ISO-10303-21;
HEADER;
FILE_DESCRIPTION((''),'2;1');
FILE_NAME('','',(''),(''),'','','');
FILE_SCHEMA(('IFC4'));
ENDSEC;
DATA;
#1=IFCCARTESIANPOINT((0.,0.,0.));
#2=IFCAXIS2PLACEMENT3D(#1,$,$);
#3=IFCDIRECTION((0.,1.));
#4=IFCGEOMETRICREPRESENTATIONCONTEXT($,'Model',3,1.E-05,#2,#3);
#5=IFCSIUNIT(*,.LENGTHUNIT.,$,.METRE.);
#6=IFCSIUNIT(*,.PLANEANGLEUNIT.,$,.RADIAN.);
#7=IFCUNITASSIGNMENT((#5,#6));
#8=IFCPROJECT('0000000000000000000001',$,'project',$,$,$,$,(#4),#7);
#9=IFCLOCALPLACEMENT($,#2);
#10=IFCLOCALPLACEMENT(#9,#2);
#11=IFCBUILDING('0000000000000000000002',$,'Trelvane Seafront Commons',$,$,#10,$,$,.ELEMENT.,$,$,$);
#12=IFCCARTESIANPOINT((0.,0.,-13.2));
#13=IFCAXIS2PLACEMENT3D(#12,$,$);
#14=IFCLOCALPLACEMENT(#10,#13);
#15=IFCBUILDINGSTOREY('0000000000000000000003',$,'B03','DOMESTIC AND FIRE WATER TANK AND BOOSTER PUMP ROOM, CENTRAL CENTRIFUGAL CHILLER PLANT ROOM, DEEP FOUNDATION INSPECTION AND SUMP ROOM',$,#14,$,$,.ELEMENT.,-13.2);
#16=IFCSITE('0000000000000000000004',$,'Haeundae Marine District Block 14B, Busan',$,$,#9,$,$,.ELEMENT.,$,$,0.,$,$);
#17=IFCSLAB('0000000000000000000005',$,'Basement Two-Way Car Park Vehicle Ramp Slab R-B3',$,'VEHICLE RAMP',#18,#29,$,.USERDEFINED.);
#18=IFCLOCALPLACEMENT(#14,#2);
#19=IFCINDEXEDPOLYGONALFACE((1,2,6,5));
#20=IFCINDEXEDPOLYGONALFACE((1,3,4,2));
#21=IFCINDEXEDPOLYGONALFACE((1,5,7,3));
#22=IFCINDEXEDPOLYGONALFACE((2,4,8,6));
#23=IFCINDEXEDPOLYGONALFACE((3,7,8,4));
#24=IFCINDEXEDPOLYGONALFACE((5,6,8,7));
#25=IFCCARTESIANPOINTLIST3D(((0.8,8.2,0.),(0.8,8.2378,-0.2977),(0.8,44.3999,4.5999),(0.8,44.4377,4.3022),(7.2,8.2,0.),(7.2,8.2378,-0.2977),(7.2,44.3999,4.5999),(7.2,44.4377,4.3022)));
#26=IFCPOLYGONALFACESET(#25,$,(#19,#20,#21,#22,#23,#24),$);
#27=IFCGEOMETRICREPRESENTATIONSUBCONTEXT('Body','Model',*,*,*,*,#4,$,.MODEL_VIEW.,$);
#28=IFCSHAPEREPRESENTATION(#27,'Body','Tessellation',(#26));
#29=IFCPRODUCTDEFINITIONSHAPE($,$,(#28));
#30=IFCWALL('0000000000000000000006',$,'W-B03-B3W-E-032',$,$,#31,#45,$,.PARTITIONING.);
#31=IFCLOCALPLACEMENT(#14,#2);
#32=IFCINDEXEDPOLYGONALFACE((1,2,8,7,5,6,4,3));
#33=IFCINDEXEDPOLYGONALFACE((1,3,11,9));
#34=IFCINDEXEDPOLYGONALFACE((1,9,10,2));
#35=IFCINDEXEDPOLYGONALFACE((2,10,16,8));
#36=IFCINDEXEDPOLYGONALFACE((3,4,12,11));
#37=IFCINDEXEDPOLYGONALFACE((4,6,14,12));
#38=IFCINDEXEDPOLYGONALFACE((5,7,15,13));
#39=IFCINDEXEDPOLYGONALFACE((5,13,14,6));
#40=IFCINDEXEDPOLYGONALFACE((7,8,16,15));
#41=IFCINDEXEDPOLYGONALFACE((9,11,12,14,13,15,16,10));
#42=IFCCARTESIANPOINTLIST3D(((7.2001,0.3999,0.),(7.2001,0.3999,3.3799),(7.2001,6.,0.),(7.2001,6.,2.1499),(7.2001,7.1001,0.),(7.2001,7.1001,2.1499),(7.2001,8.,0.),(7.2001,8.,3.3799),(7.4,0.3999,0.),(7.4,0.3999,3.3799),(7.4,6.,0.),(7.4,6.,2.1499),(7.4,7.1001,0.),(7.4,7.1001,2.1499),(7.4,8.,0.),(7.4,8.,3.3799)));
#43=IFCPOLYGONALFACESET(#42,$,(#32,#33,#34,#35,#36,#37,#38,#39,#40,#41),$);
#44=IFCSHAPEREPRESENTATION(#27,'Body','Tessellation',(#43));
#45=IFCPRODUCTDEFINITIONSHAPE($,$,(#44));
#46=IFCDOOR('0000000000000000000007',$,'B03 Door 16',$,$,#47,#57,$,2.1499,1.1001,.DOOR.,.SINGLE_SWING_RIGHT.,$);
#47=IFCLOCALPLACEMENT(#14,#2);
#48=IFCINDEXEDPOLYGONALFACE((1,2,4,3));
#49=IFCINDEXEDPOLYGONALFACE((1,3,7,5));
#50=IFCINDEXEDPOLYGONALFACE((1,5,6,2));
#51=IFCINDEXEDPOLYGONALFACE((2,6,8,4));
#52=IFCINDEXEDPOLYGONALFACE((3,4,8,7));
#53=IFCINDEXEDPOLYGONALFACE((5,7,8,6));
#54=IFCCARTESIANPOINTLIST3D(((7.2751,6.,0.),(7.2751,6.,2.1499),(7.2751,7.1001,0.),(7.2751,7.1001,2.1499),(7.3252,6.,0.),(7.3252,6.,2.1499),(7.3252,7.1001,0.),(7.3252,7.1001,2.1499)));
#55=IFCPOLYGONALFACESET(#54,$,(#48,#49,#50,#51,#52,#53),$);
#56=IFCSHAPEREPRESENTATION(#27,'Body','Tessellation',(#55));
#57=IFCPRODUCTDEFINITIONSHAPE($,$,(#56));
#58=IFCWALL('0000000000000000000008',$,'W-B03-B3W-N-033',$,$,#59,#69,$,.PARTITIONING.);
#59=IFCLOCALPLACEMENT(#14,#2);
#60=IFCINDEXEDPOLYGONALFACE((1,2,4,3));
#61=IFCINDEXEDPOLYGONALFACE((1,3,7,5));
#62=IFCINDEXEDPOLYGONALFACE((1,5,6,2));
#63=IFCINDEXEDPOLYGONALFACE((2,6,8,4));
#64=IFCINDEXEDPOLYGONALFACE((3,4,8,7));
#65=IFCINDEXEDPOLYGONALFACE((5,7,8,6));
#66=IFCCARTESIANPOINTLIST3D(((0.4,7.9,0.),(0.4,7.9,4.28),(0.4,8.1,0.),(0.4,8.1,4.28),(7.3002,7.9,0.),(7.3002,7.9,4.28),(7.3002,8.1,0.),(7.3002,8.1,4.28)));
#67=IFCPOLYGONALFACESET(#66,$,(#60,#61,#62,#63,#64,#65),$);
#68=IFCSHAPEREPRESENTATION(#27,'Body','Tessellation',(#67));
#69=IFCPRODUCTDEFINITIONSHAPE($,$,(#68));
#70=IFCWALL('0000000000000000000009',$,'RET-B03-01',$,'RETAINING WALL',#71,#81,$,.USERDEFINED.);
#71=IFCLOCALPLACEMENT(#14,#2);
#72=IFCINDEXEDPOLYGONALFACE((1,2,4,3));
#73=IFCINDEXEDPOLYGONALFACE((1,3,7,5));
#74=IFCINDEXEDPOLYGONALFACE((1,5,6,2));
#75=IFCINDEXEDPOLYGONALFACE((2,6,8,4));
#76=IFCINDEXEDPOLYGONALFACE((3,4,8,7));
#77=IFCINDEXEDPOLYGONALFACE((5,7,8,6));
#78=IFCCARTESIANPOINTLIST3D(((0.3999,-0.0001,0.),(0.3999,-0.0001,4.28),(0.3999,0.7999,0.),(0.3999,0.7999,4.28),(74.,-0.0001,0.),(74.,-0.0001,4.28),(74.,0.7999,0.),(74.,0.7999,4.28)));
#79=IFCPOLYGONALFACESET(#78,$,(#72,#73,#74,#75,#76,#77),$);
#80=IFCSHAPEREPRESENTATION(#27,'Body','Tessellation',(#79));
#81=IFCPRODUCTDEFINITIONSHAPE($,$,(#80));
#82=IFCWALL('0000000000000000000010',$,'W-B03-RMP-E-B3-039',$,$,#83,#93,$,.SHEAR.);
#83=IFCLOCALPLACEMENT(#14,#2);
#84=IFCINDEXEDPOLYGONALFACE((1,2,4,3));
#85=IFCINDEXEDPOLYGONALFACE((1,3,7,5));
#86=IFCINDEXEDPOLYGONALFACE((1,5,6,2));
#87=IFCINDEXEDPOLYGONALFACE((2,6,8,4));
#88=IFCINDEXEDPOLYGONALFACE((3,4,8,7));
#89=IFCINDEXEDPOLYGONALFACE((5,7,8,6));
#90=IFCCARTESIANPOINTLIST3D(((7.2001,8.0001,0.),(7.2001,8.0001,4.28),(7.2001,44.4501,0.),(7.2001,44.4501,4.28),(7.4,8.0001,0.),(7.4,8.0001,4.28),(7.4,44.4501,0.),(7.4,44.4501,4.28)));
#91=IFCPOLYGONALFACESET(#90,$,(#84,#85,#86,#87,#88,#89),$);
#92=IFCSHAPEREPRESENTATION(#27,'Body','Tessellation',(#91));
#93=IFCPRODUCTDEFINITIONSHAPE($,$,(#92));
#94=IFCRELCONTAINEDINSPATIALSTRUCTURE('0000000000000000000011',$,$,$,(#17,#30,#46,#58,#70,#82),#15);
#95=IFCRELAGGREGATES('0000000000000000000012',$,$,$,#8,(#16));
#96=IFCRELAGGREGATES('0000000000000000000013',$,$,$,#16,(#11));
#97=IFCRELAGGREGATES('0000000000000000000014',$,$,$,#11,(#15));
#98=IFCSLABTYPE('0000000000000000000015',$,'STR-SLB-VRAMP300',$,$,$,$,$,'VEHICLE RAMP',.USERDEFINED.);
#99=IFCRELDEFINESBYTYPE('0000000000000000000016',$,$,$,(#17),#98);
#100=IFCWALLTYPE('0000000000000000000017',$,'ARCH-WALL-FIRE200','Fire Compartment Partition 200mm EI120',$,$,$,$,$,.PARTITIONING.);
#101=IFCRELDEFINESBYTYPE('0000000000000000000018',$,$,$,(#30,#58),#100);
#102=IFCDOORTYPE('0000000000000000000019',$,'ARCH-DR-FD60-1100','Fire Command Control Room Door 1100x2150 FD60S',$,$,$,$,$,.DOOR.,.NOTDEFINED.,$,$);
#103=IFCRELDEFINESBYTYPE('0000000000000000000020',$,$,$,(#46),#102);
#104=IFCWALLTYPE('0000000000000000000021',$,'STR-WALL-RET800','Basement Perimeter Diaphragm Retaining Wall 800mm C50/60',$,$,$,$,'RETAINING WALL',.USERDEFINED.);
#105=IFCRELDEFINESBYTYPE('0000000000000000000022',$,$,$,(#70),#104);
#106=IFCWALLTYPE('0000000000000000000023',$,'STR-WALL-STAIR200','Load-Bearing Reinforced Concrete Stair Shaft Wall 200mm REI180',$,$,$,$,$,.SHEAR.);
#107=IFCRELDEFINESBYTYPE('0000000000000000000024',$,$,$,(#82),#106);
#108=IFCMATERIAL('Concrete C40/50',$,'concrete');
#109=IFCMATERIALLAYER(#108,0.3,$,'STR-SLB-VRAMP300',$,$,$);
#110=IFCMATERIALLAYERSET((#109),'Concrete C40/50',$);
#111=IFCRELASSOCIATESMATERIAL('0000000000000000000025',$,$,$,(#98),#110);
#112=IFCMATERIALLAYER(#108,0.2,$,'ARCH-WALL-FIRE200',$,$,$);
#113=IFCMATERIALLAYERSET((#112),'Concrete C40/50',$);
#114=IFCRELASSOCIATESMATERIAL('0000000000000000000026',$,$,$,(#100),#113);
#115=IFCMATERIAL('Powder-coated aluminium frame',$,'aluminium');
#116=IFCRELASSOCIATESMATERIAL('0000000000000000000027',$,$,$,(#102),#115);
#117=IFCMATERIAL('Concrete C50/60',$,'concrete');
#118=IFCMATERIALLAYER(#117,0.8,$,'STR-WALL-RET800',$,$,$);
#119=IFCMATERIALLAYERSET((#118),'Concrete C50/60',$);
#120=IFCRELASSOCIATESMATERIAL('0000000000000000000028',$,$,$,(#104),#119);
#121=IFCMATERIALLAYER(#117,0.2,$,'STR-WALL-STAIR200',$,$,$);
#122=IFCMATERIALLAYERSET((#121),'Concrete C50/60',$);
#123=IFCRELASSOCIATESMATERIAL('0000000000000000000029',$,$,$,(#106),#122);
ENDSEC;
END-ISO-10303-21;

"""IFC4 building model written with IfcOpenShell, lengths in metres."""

from ifc_helpers import new_model, si_unit, direction, frame, frame_2d, origin, place, context, subcontext, project, spatial, polyline, rectangle, outline, extrude, source, transform, mapped, material, layer, layer_set, type_object, element, fill, save


model = new_model("IFC4")

# Units and contexts
model_context = context("Model", 3, precision=1e-05, world=origin(), true_north=direction((0.0, 1.0)))
body_context = subcontext(model_context, "Body", "Model", "MODEL_VIEW")
ifc_project = project(units=[si_unit("LENGTHUNIT", "METRE"), si_unit("PLANEANGLEUNIT", "RADIAN")], contexts=[model_context])

# Site, building, storey
site_placement = place(None, origin())
site = spatial("IfcSite", under=ifc_project, at=site_placement, Name="Haeundae Marine District Block 14B, Busan", CompositionType="ELEMENT", RefElevation=0.0)
building_placement = place(site_placement, origin())
building = spatial("IfcBuilding", under=site, at=building_placement, Name="Trelvane Seafront Commons", CompositionType="ELEMENT")
storey_placement = place(building_placement, frame((0.0, 0.0, -13.2)))
storey = spatial("IfcBuildingStorey", under=building, at=storey_placement, Name="B03", Description="DOMESTIC AND FIRE WATER TANK AND BOOSTER PUMP ROOM, CENTRAL CENTRIFUGAL CHILLER PLANT ROOM, DEEP FOUNDATION INSPECTION AND SUMP ROOM", CompositionType="ELEMENT", Elevation=-13.2)

# Shared definitions
ifc_material_1 = material(Name="Concrete C50/60", Category="concrete")

# Shared definitions
ifc_material_2 = material(Name="Concrete C40/50", Category="concrete")

# Slab
ifc_layer_1 = layer(ifc_material_2, 0.3, Name="STR-SLB-VRAMP300")
ifc_layer_set_1 = layer_set([ifc_layer_1], Name="Concrete C40/50")
slab_type_1 = type_object("IfcSlabType", Name="STR-SLB-VRAMP300", ElementType="VEHICLE RAMP", PredefinedType="USERDEFINED", material=ifc_layer_set_1)
slab_1_placement = place(storey_placement, frame((0.8, 8.2, 0.0), z_axis=(0.0, -0.126054, 0.992023), x_axis=(1.0, 0.0, 0.0)))
element("IfcSlab", 1, at=slab_1_placement, inside=storey, type_object=slab_type_1, Name="Basement Two-Way Car Park Vehicle Ramp Slab R-B3", ObjectType="VEHICLE RAMP", PredefinedType="USERDEFINED", context=body_context, shape_type="SweptSolid", body=[
    extrude(outline(polyline([(0.0, 0.0), (6.3999, 0.0), (6.3999, 36.491), (0.0, 36.491), (0.0, 0.0)])), origin(), (0.0, 0.0, -1.0), 0.3),
])

# Wall, opening, door
ifc_layer_2 = layer(ifc_material_2, 0.2, Name="ARCH-WALL-FIRE200")
ifc_layer_set_2 = layer_set([ifc_layer_2], Name="Concrete C40/50")
wall_type_1 = type_object("IfcWallType", Name="ARCH-WALL-FIRE200", Description="Fire Compartment Partition 200mm EI120", PredefinedType="PARTITIONING", material=ifc_layer_set_2)
wall_1_placement = place(storey_placement, frame((7.3, 0.3999, 0.0), z_axis=(0.0, 0.0, 1.0), x_axis=(0.0, 1.0, 0.0)))
wall_1 = element("IfcWall", 2, at=wall_1_placement, inside=storey, type_object=wall_type_1, Name="W-B03-B3W-E-032", PredefinedType="PARTITIONING", context=body_context, shape_type="SweptSolid", body=[
    extrude(rectangle(XDim=7.6001, YDim=0.2, at=frame_2d((3.8, 0.0))), origin(), (0.0, 0.0, 1.0), 3.3799),
])
opening_placement = place(wall_1_placement, frame((5.6001, 0.0, 0.0)))
opening = element("IfcOpeningElement", 3, at=opening_placement, cuts=wall_1, PredefinedType="OPENING", context=body_context, shape_type="SweptSolid", body=[
    extrude(rectangle(XDim=1.1001, YDim=2.1499, at=frame_2d((0.55, 1.075))), frame((0.0, 0.1099, 0.0), z_axis=(0.0, -1.0, 0.0), x_axis=(1.0, 0.0, 0.0)), (0.0, 0.0, 1.0), 0.22),
])
ifc_material_3 = material(Name="Powder-coated aluminium frame", Category="aluminium")
door_type = type_object("IfcDoorType", Name="ARCH-DR-FD60-1100", Description="Fire Command Control Room Door 1100x2150 FD60S", OperationType="NOTDEFINED", PredefinedType="DOOR", material=ifc_material_3)
shared_shape_1 = source(origin(), body_context, "Body", "SweptSolid", [
    extrude(rectangle(XDim=1.1001, YDim=2.1499, at=frame_2d((0.55, 1.075))), frame((0.0, 0.0249, 0.0), z_axis=(0.0, -1.0, 0.0), x_axis=(1.0, 0.0, 0.0)), (0.0, 0.0, 1.0), 0.05),
])
door_placement = place(opening_placement, origin())
door = element("IfcDoor", 4, at=door_placement, inside=storey, type_object=door_type, Name="B03 Door 16", OperationType="SINGLE_SWING_RIGHT", OverallHeight=2.1499, OverallWidth=1.1001, PredefinedType="DOOR", context=body_context, shape_type="MappedRepresentation", body=[
    mapped(shared_shape_1, transform((0.0, 0.0, 0.0), x_axis=(1.0, 0.0, 0.0), y_axis=(0.0, 1.0, 0.0), z_axis=(0.0, 0.0, 1.0), scale=1.0)),
])
fill(opening, door)

# Walls
wall_2_placement = place(storey_placement, frame((0.3999, 8.0, 0.0), z_axis=(0.0, 0.0, 1.0), x_axis=(1.0, 0.0, 0.0)))
element("IfcWall", 5, at=wall_2_placement, inside=storey, type_object=wall_type_1, Name="W-B03-B3W-N-033", PredefinedType="PARTITIONING", context=body_context, shape_type="SweptSolid", body=[
    extrude(rectangle(XDim=6.9001, YDim=0.2, at=frame_2d((3.4502, 0.0))), origin(), (0.0, 0.0, 1.0), 4.28),
])
ifc_layer_3 = layer(ifc_material_1, 0.8, Name="STR-WALL-RET800")
ifc_layer_set_3 = layer_set([ifc_layer_3], Name="Concrete C50/60")
wall_type_2 = type_object("IfcWallType", Name="STR-WALL-RET800", Description="Basement Perimeter Diaphragm Retaining Wall 800mm C50/60", ElementType="RETAINING WALL", PredefinedType="USERDEFINED", material=ifc_layer_set_3)
wall_3_placement = place(storey_placement, frame((0.3999, 0.3999, 0.0), z_axis=(0.0, 0.0, 1.0), x_axis=(1.0, 0.0, 0.0)))
element("IfcWall", 6, at=wall_3_placement, inside=storey, type_object=wall_type_2, Name="RET-B03-01", ObjectType="RETAINING WALL", PredefinedType="USERDEFINED", context=body_context, shape_type="SweptSolid", body=[
    extrude(rectangle(XDim=73.6001, YDim=0.8, at=frame_2d((36.8, 0.0))), origin(), (0.0, 0.0, 1.0), 4.28),
])
ifc_layer_4 = layer(ifc_material_1, 0.2, Name="STR-WALL-STAIR200")
ifc_layer_set_4 = layer_set([ifc_layer_4], Name="Concrete C50/60")
wall_type_3 = type_object("IfcWallType", Name="STR-WALL-STAIR200", Description="Load-Bearing Reinforced Concrete Stair Shaft Wall 200mm REI180", PredefinedType="SHEAR", material=ifc_layer_set_4)
wall_4_placement = place(storey_placement, frame((7.3, 8.0, 0.0), z_axis=(0.0, 0.0, 1.0), x_axis=(0.0, 1.0, 0.0)))
element("IfcWall", 7, at=wall_4_placement, inside=storey, type_object=wall_type_3, Name="W-B03-RMP-E-B3-039", PredefinedType="SHEAR", context=body_context, shape_type="SweptSolid", body=[
    extrude(rectangle(XDim=36.45, YDim=0.2, at=frame_2d((18.2251, 0.0))), origin(), (0.0, 0.0, 1.0), 4.28),
])

save(model, "model.ifc")
